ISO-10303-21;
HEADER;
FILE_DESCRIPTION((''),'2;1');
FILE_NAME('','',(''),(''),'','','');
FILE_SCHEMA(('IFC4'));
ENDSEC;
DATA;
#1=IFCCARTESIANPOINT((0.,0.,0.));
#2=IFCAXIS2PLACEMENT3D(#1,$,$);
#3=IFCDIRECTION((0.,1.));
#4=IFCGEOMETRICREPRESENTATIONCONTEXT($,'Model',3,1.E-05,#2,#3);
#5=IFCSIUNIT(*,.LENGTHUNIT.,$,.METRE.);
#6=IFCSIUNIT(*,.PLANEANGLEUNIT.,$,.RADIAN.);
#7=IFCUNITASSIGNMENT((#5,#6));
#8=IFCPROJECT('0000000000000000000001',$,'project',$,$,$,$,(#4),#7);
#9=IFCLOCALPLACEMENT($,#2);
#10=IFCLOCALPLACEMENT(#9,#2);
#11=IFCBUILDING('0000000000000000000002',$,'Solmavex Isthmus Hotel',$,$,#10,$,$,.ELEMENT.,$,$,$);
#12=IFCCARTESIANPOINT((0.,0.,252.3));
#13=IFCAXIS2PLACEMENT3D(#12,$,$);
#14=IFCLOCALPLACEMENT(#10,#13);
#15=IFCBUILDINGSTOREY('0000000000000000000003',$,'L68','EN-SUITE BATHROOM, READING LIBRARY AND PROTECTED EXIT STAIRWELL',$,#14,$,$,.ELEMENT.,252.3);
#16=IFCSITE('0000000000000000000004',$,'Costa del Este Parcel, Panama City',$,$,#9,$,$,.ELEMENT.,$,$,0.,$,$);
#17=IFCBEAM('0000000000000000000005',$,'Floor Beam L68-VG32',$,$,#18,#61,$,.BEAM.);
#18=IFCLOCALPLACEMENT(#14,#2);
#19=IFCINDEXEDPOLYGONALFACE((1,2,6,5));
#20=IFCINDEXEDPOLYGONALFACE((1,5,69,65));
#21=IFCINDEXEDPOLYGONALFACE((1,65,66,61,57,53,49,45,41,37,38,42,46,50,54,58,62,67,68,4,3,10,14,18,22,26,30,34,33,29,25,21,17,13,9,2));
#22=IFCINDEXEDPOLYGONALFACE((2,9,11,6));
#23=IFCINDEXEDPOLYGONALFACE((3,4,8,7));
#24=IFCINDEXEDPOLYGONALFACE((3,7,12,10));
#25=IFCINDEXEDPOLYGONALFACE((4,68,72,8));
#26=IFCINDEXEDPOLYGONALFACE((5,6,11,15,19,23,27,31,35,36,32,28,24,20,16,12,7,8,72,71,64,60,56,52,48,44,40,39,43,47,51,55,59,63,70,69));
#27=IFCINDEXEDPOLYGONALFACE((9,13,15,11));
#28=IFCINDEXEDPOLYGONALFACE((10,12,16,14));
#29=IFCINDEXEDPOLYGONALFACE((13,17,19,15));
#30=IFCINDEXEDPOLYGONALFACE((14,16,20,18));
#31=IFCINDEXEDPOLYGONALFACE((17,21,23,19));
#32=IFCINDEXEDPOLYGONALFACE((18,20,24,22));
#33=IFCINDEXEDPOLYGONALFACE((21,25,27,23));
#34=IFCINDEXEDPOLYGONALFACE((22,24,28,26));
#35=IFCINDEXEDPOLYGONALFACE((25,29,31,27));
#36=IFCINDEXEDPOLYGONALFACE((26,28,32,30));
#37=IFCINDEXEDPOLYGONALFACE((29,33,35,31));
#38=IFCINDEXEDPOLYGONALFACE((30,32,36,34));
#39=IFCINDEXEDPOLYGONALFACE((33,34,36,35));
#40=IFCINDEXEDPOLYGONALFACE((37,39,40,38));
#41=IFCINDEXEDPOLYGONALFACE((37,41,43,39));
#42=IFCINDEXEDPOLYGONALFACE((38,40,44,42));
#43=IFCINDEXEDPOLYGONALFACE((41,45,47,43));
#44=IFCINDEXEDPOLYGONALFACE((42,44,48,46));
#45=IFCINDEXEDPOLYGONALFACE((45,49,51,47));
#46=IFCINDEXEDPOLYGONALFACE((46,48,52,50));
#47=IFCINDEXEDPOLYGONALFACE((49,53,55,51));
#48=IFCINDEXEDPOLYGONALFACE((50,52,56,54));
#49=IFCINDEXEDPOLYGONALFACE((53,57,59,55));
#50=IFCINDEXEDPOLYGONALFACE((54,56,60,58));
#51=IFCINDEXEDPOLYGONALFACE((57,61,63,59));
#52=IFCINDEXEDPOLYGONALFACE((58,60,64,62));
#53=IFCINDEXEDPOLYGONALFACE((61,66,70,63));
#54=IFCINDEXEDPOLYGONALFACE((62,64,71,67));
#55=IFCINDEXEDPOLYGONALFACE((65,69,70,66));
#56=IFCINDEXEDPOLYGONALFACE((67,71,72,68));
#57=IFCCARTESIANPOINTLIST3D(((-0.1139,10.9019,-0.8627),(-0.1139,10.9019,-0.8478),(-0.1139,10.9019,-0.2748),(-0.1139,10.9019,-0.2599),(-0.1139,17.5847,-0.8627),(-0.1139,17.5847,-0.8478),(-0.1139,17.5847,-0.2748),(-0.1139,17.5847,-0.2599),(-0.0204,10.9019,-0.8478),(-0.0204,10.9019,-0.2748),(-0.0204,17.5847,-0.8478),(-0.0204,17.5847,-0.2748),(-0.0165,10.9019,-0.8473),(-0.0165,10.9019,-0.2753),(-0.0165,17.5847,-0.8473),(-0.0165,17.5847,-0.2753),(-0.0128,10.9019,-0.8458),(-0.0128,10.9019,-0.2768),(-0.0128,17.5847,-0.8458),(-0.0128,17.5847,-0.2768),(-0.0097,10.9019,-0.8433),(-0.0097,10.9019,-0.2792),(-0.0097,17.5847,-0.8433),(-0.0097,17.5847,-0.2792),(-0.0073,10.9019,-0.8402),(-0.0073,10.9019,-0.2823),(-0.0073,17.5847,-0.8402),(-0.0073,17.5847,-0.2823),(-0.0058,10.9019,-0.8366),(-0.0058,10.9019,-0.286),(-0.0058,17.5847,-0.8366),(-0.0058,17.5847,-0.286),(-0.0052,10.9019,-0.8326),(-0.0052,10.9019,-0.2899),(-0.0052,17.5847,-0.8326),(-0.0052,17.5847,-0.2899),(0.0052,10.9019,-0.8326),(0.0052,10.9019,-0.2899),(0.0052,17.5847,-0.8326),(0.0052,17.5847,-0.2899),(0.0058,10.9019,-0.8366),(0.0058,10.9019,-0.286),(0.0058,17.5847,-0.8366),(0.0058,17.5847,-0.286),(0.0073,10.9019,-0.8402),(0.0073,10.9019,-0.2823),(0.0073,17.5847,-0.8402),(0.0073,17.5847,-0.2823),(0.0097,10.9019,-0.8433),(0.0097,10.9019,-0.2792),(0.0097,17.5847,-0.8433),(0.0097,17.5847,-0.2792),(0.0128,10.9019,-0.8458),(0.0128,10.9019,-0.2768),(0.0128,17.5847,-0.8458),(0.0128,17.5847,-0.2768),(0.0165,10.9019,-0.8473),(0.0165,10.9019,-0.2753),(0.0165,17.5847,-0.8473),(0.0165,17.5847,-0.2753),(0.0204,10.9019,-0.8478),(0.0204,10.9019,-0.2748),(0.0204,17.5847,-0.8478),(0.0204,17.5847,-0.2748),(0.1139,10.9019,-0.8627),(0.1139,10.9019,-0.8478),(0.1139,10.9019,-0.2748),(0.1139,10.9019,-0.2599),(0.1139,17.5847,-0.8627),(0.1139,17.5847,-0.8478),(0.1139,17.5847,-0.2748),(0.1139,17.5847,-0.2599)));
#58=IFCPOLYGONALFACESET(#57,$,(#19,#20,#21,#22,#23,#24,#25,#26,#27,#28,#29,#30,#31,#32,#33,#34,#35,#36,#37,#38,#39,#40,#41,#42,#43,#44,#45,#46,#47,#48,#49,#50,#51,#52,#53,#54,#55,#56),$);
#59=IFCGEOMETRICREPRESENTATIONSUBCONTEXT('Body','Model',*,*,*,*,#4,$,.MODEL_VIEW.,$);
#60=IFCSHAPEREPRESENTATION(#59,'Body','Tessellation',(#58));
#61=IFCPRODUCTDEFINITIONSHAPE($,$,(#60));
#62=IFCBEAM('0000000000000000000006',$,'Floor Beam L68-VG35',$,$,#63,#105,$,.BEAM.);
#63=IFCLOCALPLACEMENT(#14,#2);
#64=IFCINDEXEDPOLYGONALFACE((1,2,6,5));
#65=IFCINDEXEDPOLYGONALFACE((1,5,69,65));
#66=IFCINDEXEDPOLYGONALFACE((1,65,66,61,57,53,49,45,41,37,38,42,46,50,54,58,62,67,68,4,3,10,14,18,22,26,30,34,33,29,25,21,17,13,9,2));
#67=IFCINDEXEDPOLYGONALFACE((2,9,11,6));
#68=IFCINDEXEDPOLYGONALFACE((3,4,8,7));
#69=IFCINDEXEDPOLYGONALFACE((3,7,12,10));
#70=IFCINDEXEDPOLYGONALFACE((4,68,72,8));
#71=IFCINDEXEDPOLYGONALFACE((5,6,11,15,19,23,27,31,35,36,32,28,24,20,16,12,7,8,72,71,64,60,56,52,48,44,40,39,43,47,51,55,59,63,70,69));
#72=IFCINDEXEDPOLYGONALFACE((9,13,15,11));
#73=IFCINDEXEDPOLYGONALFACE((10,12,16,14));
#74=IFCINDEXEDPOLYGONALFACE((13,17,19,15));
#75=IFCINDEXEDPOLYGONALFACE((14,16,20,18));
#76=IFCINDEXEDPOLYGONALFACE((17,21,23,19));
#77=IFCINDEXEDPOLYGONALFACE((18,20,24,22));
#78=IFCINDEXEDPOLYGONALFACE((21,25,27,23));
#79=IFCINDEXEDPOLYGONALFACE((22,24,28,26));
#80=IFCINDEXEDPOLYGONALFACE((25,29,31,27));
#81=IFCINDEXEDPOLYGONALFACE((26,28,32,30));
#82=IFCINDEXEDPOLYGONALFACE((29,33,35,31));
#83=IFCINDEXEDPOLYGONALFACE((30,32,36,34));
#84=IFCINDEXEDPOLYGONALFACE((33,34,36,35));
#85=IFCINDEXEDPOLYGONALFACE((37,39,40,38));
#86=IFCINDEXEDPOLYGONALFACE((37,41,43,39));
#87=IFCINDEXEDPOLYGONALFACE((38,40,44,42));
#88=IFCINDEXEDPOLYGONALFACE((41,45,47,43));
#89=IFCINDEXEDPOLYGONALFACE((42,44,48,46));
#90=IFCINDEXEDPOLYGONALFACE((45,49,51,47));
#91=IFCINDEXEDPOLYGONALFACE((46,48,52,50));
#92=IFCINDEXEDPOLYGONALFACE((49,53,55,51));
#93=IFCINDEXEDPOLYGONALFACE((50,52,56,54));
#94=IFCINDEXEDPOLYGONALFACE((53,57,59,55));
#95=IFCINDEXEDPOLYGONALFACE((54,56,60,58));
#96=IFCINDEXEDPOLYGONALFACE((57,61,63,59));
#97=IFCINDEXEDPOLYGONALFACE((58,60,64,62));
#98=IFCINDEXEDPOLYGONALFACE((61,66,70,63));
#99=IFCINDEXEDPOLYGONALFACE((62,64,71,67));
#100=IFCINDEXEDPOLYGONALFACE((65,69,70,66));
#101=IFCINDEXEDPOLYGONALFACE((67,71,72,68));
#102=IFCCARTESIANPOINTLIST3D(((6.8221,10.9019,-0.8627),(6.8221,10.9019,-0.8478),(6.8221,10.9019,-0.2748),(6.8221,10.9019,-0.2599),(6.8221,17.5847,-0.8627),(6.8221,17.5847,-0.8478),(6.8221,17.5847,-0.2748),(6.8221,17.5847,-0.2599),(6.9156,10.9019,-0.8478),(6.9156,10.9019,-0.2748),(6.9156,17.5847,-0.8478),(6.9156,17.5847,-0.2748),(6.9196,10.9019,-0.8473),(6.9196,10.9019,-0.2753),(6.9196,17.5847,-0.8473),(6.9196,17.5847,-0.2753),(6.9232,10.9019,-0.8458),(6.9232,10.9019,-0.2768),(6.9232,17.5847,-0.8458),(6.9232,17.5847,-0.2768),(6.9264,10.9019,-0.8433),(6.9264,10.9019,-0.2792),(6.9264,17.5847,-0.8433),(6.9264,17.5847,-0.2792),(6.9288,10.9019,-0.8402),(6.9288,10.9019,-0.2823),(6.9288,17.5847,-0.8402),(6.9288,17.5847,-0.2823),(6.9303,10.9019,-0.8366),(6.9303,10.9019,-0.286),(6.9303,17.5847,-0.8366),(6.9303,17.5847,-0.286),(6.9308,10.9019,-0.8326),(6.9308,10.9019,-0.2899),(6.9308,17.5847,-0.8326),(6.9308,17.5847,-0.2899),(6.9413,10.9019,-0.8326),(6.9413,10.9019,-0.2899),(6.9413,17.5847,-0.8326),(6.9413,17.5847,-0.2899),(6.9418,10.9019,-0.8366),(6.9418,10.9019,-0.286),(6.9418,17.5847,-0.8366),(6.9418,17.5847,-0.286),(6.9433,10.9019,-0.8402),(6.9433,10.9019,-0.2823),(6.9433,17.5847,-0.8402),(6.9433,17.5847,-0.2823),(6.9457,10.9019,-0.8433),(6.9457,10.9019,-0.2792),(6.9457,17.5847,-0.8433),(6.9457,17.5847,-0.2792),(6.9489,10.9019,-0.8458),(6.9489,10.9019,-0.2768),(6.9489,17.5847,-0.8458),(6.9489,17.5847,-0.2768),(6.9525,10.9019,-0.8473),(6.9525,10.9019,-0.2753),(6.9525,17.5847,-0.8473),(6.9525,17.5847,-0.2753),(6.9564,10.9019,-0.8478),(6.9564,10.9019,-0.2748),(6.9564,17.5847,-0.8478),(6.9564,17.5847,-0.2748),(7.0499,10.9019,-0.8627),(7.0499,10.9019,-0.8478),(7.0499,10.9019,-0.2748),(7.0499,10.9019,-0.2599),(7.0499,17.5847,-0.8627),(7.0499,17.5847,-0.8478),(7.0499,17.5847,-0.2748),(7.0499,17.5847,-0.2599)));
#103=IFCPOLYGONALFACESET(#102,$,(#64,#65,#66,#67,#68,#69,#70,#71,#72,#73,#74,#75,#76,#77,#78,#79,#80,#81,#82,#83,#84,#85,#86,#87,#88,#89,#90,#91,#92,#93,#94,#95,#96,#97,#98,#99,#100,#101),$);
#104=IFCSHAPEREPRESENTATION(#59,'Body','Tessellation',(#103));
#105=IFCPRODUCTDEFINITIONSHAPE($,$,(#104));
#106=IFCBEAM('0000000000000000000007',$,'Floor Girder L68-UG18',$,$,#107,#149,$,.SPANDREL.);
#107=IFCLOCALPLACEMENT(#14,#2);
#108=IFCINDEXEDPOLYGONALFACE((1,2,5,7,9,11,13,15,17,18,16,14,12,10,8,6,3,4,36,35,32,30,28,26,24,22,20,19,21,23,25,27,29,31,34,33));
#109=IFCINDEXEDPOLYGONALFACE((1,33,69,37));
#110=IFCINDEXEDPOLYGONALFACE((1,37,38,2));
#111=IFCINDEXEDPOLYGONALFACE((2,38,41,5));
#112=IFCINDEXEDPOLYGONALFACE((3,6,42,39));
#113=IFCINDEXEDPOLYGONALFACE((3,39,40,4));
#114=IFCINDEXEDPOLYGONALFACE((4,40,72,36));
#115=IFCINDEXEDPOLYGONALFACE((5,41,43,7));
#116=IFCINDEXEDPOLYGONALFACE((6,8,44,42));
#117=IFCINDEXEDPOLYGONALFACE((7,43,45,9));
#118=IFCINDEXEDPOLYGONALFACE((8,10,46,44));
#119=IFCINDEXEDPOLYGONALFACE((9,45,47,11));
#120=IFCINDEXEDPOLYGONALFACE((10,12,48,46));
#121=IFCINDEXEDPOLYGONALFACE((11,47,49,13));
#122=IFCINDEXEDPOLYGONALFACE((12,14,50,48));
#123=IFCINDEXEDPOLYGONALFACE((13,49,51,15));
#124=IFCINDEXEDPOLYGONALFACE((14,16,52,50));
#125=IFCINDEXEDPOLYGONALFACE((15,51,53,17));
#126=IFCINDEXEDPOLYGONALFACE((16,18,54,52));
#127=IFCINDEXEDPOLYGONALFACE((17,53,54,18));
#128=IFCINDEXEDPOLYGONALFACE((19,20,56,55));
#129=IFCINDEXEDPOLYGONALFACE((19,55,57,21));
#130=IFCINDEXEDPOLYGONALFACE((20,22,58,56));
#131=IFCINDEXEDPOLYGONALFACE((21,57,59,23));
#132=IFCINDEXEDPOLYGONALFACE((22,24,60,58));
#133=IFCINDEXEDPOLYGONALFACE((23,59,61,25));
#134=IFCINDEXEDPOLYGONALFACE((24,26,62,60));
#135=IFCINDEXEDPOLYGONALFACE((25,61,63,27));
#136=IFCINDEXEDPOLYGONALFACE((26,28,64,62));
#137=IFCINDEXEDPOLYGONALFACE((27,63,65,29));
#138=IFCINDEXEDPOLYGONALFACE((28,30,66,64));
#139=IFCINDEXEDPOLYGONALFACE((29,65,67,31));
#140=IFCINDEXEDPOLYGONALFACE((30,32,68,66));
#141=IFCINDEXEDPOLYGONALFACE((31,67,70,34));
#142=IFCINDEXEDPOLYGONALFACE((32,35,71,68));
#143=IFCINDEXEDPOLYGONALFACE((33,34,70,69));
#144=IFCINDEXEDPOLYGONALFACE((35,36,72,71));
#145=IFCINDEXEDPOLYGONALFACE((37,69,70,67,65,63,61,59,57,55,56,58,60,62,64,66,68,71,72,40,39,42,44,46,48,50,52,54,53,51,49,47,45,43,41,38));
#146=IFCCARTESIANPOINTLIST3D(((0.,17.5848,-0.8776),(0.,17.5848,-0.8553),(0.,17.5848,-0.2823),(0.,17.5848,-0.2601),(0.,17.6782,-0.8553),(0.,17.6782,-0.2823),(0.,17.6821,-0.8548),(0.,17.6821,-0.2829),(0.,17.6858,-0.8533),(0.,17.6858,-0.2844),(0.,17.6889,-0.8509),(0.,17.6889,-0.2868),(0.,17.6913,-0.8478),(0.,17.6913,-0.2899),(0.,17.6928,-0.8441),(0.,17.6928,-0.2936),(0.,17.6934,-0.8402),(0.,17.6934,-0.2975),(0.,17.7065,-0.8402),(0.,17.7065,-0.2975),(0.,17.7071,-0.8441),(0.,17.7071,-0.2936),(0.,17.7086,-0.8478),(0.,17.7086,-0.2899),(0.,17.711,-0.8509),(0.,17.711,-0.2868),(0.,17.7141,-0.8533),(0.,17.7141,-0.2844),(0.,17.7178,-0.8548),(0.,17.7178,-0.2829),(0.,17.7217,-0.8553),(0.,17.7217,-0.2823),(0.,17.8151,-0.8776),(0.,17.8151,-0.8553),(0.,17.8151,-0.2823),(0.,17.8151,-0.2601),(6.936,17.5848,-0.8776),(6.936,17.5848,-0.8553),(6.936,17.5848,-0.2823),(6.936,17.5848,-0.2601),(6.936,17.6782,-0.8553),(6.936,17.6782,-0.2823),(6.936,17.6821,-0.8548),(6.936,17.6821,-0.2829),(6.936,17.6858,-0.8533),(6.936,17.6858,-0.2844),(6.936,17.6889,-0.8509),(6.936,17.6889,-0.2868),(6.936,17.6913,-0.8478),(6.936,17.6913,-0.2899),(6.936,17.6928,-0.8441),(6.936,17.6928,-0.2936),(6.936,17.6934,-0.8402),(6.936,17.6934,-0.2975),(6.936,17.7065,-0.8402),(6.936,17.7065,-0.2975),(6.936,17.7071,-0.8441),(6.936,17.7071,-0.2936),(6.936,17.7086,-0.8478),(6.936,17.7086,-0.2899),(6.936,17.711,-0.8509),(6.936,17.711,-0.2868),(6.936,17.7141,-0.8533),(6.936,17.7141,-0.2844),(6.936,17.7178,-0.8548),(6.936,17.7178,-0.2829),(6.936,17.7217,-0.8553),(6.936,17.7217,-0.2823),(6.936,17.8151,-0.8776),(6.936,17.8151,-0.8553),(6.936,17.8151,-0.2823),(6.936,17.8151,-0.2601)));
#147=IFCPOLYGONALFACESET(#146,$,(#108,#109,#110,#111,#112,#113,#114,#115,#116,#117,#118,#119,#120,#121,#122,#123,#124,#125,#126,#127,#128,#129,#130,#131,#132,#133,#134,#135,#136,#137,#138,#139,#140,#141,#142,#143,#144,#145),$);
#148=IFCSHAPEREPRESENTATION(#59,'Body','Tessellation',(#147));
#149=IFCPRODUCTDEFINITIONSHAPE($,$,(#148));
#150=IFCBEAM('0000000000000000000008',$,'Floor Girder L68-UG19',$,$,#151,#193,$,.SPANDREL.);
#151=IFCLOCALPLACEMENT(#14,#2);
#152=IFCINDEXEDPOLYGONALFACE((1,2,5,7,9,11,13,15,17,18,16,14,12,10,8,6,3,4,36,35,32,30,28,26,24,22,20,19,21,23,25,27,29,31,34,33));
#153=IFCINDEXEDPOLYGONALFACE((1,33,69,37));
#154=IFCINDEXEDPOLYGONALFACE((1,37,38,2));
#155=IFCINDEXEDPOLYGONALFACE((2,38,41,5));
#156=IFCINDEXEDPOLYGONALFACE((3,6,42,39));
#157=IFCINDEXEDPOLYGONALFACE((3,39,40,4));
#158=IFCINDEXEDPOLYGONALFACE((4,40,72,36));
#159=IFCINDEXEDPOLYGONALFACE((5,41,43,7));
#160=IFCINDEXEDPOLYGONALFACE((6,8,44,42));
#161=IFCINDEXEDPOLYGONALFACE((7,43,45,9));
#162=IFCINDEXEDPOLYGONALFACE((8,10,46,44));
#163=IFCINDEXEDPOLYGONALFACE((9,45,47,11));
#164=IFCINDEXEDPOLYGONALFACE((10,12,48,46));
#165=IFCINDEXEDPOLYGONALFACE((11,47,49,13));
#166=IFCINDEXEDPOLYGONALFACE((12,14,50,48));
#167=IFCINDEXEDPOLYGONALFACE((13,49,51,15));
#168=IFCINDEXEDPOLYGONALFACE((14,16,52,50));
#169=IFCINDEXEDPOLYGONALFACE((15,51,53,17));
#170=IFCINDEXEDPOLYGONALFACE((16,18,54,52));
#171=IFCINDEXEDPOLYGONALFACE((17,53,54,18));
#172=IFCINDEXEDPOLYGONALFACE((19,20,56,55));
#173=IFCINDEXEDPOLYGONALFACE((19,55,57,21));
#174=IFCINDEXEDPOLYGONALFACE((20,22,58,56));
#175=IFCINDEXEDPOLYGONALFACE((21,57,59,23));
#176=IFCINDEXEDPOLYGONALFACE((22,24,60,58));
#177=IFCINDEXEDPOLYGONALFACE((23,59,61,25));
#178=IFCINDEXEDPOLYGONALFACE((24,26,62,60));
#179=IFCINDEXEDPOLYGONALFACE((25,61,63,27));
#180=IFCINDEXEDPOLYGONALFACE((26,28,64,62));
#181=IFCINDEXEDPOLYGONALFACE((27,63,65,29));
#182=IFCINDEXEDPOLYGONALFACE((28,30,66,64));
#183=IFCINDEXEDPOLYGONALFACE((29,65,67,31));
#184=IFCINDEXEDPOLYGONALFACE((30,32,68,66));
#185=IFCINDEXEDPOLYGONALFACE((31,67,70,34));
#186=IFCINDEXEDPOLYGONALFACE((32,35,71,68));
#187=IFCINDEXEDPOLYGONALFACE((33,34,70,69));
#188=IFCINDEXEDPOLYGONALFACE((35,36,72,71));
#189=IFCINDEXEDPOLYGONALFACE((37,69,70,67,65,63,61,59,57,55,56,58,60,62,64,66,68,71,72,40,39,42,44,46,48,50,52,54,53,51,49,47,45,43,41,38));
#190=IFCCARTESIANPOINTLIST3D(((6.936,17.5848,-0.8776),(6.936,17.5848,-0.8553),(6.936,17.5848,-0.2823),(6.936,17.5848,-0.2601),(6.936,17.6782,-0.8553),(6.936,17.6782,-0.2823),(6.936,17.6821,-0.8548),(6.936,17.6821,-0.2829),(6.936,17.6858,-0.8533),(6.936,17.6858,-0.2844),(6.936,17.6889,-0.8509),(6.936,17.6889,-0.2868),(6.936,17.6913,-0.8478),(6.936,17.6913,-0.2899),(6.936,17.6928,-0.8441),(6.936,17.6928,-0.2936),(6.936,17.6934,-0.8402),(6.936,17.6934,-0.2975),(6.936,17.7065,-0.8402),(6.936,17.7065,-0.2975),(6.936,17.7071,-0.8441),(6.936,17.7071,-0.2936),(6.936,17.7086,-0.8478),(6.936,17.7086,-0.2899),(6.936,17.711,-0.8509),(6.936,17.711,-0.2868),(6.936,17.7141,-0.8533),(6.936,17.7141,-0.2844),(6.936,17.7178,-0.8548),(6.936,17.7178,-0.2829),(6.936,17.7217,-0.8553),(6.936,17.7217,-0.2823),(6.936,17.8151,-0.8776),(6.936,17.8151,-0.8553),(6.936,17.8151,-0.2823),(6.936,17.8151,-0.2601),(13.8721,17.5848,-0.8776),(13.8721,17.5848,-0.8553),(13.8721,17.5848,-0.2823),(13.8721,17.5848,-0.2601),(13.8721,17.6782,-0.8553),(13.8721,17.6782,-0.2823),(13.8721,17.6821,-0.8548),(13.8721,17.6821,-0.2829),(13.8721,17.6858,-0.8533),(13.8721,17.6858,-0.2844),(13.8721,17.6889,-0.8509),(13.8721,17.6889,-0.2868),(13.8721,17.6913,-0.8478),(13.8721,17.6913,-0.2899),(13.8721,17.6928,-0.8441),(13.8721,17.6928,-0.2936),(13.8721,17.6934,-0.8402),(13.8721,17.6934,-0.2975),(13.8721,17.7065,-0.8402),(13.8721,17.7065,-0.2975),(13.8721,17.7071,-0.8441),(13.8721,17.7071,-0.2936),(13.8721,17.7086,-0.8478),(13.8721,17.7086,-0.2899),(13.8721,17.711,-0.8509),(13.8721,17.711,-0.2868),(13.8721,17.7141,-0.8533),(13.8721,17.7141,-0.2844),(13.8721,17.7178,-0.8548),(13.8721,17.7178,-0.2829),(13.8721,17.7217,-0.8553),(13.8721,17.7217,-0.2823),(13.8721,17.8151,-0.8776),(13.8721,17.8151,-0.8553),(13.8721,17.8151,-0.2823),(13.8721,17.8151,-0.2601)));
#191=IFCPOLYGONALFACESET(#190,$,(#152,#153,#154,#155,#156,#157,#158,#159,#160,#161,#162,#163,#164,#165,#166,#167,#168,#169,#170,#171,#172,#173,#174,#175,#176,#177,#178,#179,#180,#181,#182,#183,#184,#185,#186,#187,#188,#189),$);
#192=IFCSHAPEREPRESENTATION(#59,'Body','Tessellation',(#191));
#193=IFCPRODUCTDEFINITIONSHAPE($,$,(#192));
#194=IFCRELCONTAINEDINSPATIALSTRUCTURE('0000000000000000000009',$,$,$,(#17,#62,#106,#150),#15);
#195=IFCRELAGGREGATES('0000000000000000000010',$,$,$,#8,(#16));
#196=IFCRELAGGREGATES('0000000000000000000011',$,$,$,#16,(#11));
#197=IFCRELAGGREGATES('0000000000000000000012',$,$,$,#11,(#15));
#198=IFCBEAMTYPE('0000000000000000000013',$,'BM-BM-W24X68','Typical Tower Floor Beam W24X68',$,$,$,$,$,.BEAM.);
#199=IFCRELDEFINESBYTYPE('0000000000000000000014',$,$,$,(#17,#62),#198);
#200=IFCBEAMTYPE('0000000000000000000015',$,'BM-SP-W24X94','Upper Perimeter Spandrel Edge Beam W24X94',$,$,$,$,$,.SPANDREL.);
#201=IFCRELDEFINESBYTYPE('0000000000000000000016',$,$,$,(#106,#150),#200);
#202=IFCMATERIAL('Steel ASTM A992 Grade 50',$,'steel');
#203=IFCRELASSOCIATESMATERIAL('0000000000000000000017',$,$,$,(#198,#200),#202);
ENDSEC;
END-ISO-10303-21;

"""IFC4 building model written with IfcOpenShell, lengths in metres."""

from ifc_helpers import new_model, si_unit, direction, frame, origin, origin_2d, place, context, subcontext, project, spatial, i_section, extrude, material, material_profile, profile_set, type_object, element, save


model = new_model("IFC4")

# Units and contexts
model_context = context("Model", 3, precision=1e-05, world=origin(), true_north=direction((0.0, 1.0)))
body_context = subcontext(model_context, "Body", "Model", "MODEL_VIEW")
ifc_project = project(units=[si_unit("LENGTHUNIT", "METRE"), si_unit("PLANEANGLEUNIT", "RADIAN")], contexts=[model_context])

# Site, building, storey
site_placement = place(None, origin())
site = spatial("IfcSite", under=ifc_project, at=site_placement, Name="Costa del Este Parcel, Panama City", CompositionType="ELEMENT", RefElevation=0.0)
building_placement = place(site_placement, origin())
building = spatial("IfcBuilding", under=site, at=building_placement, Name="Solmavex Isthmus Hotel", CompositionType="ELEMENT")
storey_placement = place(building_placement, frame((0.0, 0.0, 252.3)))
storey = spatial("IfcBuildingStorey", under=building, at=storey_placement, Name="L68", Description="EN-SUITE BATHROOM, READING LIBRARY AND PROTECTED EXIT STAIRWELL", CompositionType="ELEMENT", Elevation=252.3)

# Beams
ifc_material_1 = material(Name="Steel ASTM A992 Grade 50", Category="steel")
ifc_material_profile_1 = material_profile(ifc_material_1, i_section(OverallWidth=0.2278, OverallDepth=0.6028, WebThickness=0.0105, FlangeThickness=0.0149, FilletRadius=0.0151, at=origin_2d()), Name="W24X68")
ifc_profile_set_1 = profile_set([ifc_material_profile_1], Name="Steel ASTM A992 Grade 50")
beam_type_1 = type_object("IfcBeamType", Name="BM-BM-W24X68", Description="Typical Tower Floor Beam W24X68", PredefinedType="BEAM", material=ifc_profile_set_1)
for number, where, z_axis, x_axis, name in (
    (1, (0.0, 10.9019, -0.5613), (0.0, 1.0, 0.0), (-1.0, 0.0, 0.0), "Floor Beam L68-VG32"),
    (2, (6.936, 10.9019, -0.5613), (0.0, 1.0, 0.0), (-1.0, 0.0, 0.0), "Floor Beam L68-VG35"),
):
    element("IfcBeam", number, at=place(storey_placement, frame(where, z_axis=z_axis, x_axis=x_axis)), inside=storey, type_object=beam_type_1, Name=name, PredefinedType="BEAM", context=body_context, shape_type="SweptSolid", body=[
        extrude(i_section(OverallWidth=0.2278, OverallDepth=0.6028, WebThickness=0.0105, FlangeThickness=0.0149, FilletRadius=0.0151, at=origin_2d()), origin(), (0.0, 0.0, 1.0), 6.6829),
    ])
ifc_material_profile_2 = material_profile(ifc_material_1, i_section(OverallWidth=0.2302, OverallDepth=0.6174, WebThickness=0.0132, FlangeThickness=0.0222, FilletRadius=0.0151, at=origin_2d()), Name="W24X94")
ifc_profile_set_2 = profile_set([ifc_material_profile_2], Name="Steel ASTM A992 Grade 50")
beam_type_2 = type_object("IfcBeamType", Name="BM-SP-W24X94", Description="Upper Perimeter Spandrel Edge Beam W24X94", PredefinedType="SPANDREL", material=ifc_profile_set_2)
for number, where, z_axis, x_axis, name in (
    (3, (0.0, 17.7, -0.5688), (1.0, 0.0, 0.0), (0.0, 1.0, 0.0), "Floor Girder L68-UG18"),
    (4, (6.936, 17.7, -0.5688), (1.0, 0.0, 0.0), (0.0, 1.0, 0.0), "Floor Girder L68-UG19"),
):
    element("IfcBeam", number, at=place(storey_placement, frame(where, z_axis=z_axis, x_axis=x_axis)), inside=storey, type_object=beam_type_2, Name=name, PredefinedType="SPANDREL", context=body_context, shape_type="SweptSolid", body=[
        extrude(i_section(OverallWidth=0.2302, OverallDepth=0.6174, WebThickness=0.0132, FlangeThickness=0.0222, FilletRadius=0.0151, at=origin_2d()), origin(), (0.0, 0.0, 1.0), 6.936),
    ])

save(model, "model.ifc")
